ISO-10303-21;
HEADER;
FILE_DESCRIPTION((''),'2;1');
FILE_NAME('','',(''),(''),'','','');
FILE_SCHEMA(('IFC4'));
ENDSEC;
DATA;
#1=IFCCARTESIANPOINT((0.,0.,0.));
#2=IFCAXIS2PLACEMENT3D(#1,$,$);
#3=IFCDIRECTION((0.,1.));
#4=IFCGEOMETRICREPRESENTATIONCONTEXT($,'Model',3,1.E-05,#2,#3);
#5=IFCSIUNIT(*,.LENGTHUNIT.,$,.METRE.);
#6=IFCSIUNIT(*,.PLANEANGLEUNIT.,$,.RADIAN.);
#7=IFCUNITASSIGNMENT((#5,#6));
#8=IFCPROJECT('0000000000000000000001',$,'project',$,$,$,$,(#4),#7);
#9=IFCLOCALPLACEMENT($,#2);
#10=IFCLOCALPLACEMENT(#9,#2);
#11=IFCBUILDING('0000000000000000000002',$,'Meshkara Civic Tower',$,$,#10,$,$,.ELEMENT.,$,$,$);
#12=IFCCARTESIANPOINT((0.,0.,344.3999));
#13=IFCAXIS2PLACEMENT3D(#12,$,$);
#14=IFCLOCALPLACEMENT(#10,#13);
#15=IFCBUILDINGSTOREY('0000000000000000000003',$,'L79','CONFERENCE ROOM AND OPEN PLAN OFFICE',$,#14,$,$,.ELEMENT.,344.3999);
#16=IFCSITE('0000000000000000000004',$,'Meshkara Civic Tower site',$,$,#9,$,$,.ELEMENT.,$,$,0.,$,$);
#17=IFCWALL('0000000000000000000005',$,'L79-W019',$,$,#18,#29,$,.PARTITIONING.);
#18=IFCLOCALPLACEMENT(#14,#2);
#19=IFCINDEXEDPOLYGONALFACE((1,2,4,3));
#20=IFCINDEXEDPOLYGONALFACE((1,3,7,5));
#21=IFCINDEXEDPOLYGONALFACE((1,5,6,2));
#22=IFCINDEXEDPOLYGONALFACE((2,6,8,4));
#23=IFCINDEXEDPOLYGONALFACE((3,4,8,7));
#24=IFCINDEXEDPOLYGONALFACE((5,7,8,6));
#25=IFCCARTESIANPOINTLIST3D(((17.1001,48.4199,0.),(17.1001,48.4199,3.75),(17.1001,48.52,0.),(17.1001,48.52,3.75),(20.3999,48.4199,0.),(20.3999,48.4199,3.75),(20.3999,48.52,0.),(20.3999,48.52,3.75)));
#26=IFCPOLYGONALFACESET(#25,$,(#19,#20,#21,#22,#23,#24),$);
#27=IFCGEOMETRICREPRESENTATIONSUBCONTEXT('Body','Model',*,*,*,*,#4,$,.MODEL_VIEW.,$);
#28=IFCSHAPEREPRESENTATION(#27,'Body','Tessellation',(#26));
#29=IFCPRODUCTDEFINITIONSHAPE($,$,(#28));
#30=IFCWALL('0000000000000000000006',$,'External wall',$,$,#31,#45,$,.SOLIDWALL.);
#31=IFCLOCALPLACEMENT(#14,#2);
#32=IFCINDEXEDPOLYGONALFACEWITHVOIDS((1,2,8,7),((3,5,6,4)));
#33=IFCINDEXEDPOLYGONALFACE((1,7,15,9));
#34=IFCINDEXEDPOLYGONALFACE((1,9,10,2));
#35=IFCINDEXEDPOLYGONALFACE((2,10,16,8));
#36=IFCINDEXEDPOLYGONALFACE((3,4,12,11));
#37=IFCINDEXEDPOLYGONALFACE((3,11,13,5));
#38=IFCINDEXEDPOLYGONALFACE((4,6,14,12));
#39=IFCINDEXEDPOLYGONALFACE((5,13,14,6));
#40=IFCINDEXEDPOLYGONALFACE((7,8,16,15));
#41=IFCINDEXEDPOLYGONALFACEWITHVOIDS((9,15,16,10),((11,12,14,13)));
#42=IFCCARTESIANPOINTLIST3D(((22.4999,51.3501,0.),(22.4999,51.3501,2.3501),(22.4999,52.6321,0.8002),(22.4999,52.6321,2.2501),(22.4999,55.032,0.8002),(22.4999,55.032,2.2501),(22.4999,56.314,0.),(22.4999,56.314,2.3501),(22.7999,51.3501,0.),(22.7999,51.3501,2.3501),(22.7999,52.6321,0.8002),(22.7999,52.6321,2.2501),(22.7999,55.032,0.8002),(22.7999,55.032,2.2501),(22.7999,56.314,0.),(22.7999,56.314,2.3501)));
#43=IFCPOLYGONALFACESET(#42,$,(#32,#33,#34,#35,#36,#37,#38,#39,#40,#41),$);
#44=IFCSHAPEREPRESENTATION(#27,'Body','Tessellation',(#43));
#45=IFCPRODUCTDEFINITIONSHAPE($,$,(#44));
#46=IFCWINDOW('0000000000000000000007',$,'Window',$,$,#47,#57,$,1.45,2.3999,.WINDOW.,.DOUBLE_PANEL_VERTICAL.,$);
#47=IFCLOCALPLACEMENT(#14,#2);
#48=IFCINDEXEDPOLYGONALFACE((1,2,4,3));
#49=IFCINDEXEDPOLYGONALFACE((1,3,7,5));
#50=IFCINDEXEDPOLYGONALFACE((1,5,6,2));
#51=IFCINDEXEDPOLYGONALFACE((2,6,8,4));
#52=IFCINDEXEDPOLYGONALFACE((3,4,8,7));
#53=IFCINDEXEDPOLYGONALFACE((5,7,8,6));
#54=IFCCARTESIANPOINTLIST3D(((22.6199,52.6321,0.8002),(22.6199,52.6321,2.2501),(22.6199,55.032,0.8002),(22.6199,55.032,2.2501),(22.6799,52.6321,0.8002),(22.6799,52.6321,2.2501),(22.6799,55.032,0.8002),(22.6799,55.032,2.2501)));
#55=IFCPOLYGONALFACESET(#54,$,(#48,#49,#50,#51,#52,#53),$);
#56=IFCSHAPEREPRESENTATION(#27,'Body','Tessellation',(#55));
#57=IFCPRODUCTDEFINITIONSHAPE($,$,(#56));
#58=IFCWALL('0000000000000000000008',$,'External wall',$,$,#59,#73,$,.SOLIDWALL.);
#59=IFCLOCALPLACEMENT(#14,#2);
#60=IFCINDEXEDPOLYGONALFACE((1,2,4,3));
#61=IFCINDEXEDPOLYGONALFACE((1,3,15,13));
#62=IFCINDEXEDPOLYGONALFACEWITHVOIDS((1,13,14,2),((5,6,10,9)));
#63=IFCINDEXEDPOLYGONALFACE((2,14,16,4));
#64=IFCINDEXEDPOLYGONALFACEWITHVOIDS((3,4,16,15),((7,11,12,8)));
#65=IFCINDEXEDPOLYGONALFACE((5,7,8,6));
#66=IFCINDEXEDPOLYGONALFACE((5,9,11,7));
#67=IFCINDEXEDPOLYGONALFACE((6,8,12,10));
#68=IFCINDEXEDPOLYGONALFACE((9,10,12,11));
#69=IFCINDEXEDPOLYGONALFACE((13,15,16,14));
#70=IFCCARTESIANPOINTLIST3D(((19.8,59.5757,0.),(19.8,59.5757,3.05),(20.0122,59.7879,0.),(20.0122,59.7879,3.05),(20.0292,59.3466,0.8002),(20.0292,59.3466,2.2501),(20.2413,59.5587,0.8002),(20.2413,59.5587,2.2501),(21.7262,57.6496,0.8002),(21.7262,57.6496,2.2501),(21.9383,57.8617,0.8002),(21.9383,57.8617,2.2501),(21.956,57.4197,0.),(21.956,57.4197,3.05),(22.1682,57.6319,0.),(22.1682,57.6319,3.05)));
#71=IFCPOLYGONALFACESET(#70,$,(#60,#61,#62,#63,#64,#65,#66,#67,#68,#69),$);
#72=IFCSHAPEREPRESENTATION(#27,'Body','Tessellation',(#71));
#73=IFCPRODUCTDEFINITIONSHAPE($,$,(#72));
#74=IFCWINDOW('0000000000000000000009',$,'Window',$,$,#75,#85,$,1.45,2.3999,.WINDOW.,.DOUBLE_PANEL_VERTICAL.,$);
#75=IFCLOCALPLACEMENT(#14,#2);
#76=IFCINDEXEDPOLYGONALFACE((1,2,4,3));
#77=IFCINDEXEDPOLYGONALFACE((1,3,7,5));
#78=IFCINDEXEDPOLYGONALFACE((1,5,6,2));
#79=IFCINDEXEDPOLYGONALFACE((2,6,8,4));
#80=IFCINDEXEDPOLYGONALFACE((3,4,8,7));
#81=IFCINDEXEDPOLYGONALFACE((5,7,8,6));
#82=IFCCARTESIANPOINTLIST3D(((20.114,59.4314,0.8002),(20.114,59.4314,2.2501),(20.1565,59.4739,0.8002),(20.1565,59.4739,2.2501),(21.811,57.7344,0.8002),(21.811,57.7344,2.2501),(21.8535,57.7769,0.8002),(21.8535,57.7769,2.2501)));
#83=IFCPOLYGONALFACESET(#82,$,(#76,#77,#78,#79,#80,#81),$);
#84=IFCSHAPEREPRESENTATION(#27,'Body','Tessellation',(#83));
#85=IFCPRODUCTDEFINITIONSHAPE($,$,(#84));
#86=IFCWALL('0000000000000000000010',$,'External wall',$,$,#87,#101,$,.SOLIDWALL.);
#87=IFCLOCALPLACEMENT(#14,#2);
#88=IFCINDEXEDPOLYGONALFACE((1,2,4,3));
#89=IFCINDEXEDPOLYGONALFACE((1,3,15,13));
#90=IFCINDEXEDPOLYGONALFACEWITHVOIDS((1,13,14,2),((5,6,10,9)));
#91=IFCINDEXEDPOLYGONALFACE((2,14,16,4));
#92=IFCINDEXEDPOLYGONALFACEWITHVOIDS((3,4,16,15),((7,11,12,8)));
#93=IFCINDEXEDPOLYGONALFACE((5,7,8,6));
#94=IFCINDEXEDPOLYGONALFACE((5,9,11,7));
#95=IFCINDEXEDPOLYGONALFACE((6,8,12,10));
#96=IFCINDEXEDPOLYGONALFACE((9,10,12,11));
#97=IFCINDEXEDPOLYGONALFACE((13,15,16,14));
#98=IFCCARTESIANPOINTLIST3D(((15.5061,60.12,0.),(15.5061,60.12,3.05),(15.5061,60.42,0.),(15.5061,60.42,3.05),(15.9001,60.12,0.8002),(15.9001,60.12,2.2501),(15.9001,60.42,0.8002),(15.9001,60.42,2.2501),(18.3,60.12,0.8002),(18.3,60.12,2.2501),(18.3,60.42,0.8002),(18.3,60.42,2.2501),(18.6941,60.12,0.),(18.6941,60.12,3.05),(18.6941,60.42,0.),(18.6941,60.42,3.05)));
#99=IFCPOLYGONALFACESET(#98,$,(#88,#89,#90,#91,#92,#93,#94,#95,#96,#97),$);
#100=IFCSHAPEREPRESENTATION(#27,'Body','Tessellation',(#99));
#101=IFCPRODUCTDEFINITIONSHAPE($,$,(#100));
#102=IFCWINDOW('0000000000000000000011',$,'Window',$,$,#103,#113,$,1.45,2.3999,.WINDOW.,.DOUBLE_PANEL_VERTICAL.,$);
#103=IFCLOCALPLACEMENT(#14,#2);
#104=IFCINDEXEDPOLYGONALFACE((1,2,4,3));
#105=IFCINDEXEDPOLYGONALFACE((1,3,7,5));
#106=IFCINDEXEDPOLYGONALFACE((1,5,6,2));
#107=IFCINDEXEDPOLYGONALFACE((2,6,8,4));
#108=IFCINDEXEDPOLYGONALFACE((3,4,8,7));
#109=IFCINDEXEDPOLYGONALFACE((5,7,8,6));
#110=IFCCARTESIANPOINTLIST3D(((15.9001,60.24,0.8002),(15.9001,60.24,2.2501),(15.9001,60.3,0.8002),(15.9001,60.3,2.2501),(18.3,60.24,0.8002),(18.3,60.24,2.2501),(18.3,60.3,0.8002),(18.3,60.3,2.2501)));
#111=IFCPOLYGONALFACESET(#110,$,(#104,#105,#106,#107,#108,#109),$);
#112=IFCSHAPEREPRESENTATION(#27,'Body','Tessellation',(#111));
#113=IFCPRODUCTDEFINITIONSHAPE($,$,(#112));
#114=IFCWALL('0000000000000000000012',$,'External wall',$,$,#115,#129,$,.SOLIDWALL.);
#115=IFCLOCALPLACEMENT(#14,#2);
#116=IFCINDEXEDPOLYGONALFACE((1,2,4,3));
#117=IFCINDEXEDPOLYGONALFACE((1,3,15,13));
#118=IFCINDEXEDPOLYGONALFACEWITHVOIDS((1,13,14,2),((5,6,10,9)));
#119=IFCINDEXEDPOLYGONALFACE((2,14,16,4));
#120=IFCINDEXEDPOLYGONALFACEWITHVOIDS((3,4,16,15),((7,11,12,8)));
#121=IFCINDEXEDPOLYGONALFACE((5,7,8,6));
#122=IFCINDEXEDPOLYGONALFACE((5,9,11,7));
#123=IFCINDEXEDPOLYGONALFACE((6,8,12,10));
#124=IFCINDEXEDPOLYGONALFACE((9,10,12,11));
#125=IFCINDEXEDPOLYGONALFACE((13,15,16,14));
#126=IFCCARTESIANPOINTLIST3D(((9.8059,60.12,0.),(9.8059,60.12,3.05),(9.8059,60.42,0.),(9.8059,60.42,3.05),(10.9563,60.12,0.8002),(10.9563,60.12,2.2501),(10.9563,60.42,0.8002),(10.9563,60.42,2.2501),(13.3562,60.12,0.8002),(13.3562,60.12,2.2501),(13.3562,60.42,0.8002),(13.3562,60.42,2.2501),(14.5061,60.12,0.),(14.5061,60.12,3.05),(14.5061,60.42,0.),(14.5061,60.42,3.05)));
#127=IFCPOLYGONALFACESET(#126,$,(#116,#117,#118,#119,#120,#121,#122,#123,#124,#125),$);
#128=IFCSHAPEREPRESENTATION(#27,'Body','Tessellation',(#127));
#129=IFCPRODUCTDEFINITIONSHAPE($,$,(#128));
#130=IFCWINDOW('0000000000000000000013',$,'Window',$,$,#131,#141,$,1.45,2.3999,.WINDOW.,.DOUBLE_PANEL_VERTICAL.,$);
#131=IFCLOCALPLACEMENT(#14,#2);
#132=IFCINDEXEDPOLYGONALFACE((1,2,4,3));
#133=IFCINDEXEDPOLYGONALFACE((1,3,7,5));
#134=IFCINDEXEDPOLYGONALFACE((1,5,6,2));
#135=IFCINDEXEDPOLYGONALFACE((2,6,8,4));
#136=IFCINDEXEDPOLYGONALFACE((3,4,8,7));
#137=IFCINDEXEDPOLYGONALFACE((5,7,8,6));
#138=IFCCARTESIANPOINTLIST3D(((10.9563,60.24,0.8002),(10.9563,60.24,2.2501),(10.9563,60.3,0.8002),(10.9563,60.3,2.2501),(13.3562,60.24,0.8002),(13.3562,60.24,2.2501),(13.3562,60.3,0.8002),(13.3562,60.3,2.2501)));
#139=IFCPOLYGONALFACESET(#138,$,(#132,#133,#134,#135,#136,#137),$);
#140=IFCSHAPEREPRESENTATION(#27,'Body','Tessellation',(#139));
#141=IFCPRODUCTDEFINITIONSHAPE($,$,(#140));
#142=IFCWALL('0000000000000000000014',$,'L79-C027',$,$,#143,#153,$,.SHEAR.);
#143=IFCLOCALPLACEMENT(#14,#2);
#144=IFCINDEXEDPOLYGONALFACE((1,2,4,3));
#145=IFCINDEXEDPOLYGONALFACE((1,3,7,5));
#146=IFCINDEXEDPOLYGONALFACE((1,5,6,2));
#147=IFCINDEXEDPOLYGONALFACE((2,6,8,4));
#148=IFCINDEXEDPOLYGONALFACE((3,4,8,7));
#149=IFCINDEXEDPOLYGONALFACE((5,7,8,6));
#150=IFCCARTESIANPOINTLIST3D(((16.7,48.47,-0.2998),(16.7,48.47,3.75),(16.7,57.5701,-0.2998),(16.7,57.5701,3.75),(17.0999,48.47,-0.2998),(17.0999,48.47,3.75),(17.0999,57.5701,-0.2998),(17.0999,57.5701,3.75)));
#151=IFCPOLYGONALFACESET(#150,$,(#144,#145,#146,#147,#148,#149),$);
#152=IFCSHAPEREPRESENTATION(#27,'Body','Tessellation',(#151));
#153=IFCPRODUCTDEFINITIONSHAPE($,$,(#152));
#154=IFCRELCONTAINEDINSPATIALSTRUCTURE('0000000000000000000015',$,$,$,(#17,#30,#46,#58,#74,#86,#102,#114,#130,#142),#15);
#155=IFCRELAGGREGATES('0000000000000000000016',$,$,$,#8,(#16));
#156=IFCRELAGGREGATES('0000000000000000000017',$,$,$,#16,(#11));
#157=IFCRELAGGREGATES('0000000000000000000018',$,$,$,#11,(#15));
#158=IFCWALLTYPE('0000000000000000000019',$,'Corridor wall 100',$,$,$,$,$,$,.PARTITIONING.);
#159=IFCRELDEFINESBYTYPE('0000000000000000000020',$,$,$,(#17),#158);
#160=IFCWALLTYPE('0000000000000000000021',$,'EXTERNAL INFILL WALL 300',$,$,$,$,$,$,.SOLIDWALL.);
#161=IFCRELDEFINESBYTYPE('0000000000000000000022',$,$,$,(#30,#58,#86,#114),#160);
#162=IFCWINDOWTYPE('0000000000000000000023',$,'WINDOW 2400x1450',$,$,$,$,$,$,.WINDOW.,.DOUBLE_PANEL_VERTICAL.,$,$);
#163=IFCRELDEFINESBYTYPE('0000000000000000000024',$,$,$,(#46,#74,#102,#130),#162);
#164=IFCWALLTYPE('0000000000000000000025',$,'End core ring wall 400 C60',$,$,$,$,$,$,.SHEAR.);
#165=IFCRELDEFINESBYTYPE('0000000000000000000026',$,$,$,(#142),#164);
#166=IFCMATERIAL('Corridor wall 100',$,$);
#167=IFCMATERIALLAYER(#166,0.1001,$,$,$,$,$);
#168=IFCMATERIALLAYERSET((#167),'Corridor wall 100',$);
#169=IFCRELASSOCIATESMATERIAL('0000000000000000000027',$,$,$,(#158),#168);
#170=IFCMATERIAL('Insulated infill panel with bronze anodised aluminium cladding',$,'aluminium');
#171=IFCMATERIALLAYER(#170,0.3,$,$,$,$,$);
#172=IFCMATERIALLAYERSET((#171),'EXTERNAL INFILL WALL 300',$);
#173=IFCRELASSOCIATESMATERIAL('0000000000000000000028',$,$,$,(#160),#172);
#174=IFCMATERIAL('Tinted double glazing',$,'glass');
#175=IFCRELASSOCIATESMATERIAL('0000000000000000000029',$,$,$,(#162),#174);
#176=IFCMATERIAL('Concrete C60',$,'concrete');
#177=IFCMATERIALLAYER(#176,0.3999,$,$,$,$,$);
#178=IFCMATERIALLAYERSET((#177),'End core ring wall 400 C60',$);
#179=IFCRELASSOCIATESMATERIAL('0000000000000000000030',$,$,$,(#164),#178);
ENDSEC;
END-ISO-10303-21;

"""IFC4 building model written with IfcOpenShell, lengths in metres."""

from ifc_helpers import new_model, si_unit, direction, frame, frame_2d, origin, place, context, subcontext, project, spatial, rectangle, extrude, material, layer, layer_set, type_object, element, fill, save


model = new_model("IFC4")

# Units and contexts
model_context = context("Model", 3, precision=1e-05, world=origin(), true_north=direction((0.0, 1.0)))
body_context = subcontext(model_context, "Body", "Model", "MODEL_VIEW")
ifc_project = project(units=[si_unit("LENGTHUNIT", "METRE"), si_unit("PLANEANGLEUNIT", "RADIAN")], contexts=[model_context])

# Site, building, storey
site_placement = place(None, origin())
site = spatial("IfcSite", under=ifc_project, at=site_placement, Name="Meshkara Civic Tower site", CompositionType="ELEMENT", RefElevation=0.0)
building_placement = place(site_placement, origin())
building = spatial("IfcBuilding", under=site, at=building_placement, Name="Meshkara Civic Tower", CompositionType="ELEMENT")
storey_placement = place(building_placement, frame((0.0, 0.0, 344.3999)))
storey = spatial("IfcBuildingStorey", under=building, at=storey_placement, Name="L79", Description="CONFERENCE ROOM AND OPEN PLAN OFFICE", CompositionType="ELEMENT", Elevation=344.3999)

# Shared definitions
ifc_material_1 = material(Name="Corridor wall 100")
ifc_layer_1 = layer(ifc_material_1, 0.1001)
ifc_layer_set_1 = layer_set([ifc_layer_1], Name="Corridor wall 100")
wall_type_1 = type_object("IfcWallType", Name="Corridor wall 100", PredefinedType="PARTITIONING", material=ifc_layer_set_1)

# Wall
wall_1_placement = place(storey_placement, frame((20.3999, 48.47, 0.0), z_axis=(0.0, 0.0, 1.0), x_axis=(-1.0, 0.0, 0.0)))
element("IfcWall", 1, at=wall_1_placement, inside=storey, type_object=wall_type_1, Name="L79-W019", PredefinedType="PARTITIONING", context=body_context, shape_type="SweptSolid", body=[
    extrude(rectangle(XDim=3.2998, YDim=0.1001, at=frame_2d((1.6499, 0.0))), origin(), (0.0, 0.0, 1.0), 3.75),
])

# Walls, openings, windows
ifc_material_2 = material(Name="Insulated infill panel with bronze anodised aluminium cladding", Category="aluminium")
ifc_layer_2 = layer(ifc_material_2, 0.3)
ifc_layer_set_2 = layer_set([ifc_layer_2], Name="EXTERNAL INFILL WALL 300")
wall_type_2 = type_object("IfcWallType", Name="EXTERNAL INFILL WALL 300", PredefinedType="SOLIDWALL", material=ifc_layer_set_2)
wall_2_placement = place(storey_placement, frame((22.6499, 51.3501, 0.0), z_axis=(0.0, 0.0, 1.0), x_axis=(0.0, 1.0, 0.0)))
wall_2 = element("IfcWall", 2, at=wall_2_placement, inside=storey, type_object=wall_type_2, Name="External wall", PredefinedType="SOLIDWALL", context=body_context, shape_type="SweptSolid", body=[
    extrude(rectangle(XDim=4.9639, YDim=0.3, at=frame_2d((2.4819, 0.0))), origin(), (0.0, 0.0, 1.0), 2.3501),
])
opening_1_placement = place(wall_2_placement, frame((1.282, 0.0, 0.8)))
opening_1 = element("IfcOpeningElement", 3, at=opening_1_placement, cuts=wall_2, PredefinedType="OPENING", context=body_context, shape_type="SweptSolid", body=[
    extrude(rectangle(XDim=2.3999, YDim=1.45, at=frame_2d((1.2, 0.7251))), frame((0.0, 0.1599, 0.0), z_axis=(0.0, -1.0, 0.0), x_axis=(1.0, 0.0, 0.0)), (0.0, 0.0, 1.0), 0.3201),
])
ifc_material_3 = material(Name="Tinted double glazing", Category="glass")
window_type = type_object("IfcWindowType", Name="WINDOW 2400x1450", PartitioningType="DOUBLE_PANEL_VERTICAL", PredefinedType="WINDOW", material=ifc_material_3)
window_1_placement = place(opening_1_placement, origin())
window_1 = element("IfcWindow", 4, at=window_1_placement, inside=storey, type_object=window_type, Name="Window", OverallHeight=1.45, OverallWidth=2.3999, PartitioningType="DOUBLE_PANEL_VERTICAL", PredefinedType="WINDOW", context=body_context, shape_type="SweptSolid", body=[
    extrude(rectangle(XDim=2.3999, YDim=1.45, at=frame_2d((1.2, 0.7251))), frame((0.0, 0.03, 0.0), z_axis=(0.0, -1.0, 0.0), x_axis=(1.0, 0.0, 0.0)), (0.0, 0.0, 1.0), 0.0601),
])
fill(opening_1, window_1)
wall_3_placement = place(storey_placement, frame((22.062, 57.5259, 0.0), z_axis=(0.0, 0.0, 1.0), x_axis=(-0.707107, 0.707107, 0.0)))
wall_3 = element("IfcWall", 5, at=wall_3_placement, inside=storey, type_object=wall_type_2, Name="External wall", PredefinedType="SOLIDWALL", context=body_context, shape_type="SweptSolid", body=[
    extrude(rectangle(XDim=3.0491, YDim=0.3, at=frame_2d((1.5244, 0.0))), origin(), (0.0, 0.0, 1.0), 3.05),
])
opening_2_placement = place(wall_3_placement, frame((0.325, 0.0, 0.8)))
opening_2 = element("IfcOpeningElement", 6, at=opening_2_placement, cuts=wall_3, PredefinedType="OPENING", context=body_context, shape_type="SweptSolid", body=[
    extrude(rectangle(XDim=2.3999, YDim=1.45, at=frame_2d((1.2, 0.7251))), frame((0.0, 0.1599, 0.0), z_axis=(0.0, -1.0, 0.0), x_axis=(1.0, 0.0, 0.0)), (0.0, 0.0, 1.0), 0.3201),
])
window_2_placement = place(opening_2_placement, origin())
window_2 = element("IfcWindow", 7, at=window_2_placement, inside=storey, type_object=window_type, Name="Window", OverallHeight=1.45, OverallWidth=2.3999, PartitioningType="DOUBLE_PANEL_VERTICAL", PredefinedType="WINDOW", context=body_context, shape_type="SweptSolid", body=[
    extrude(rectangle(XDim=2.3999, YDim=1.45, at=frame_2d((1.2, 0.7251))), frame((0.0, 0.03, 0.0), z_axis=(0.0, -1.0, 0.0), x_axis=(1.0, 0.0, 0.0)), (0.0, 0.0, 1.0), 0.0601),
])
fill(opening_2, window_2)
wall_4_placement = place(storey_placement, frame((18.6941, 60.27, 0.0), z_axis=(0.0, 0.0, 1.0), x_axis=(-1.0, 0.0, 0.0)))
wall_4 = element("IfcWall", 8, at=wall_4_placement, inside=storey, type_object=wall_type_2, Name="External wall", PredefinedType="SOLIDWALL", context=body_context, shape_type="SweptSolid", body=[
    extrude(rectangle(XDim=3.188, YDim=0.3, at=frame_2d((1.594, 0.0))), origin(), (0.0, 0.0, 1.0), 3.05),
])
opening_3_placement = place(wall_4_placement, frame((0.394, 0.0, 0.8)))
opening_3 = element("IfcOpeningElement", 9, at=opening_3_placement, cuts=wall_4, PredefinedType="OPENING", context=body_context, shape_type="SweptSolid", body=[
    extrude(rectangle(XDim=2.3999, YDim=1.45, at=frame_2d((1.2, 0.7251))), frame((0.0, 0.1599, 0.0), z_axis=(0.0, -1.0, 0.0), x_axis=(1.0, 0.0, 0.0)), (0.0, 0.0, 1.0), 0.3201),
])
window_3_placement = place(opening_3_placement, origin())
window_3 = element("IfcWindow", 10, at=window_3_placement, inside=storey, type_object=window_type, Name="Window", OverallHeight=1.45, OverallWidth=2.3999, PartitioningType="DOUBLE_PANEL_VERTICAL", PredefinedType="WINDOW", context=body_context, shape_type="SweptSolid", body=[
    extrude(rectangle(XDim=2.3999, YDim=1.45, at=frame_2d((1.2, 0.7251))), frame((0.0, 0.03, 0.0), z_axis=(0.0, -1.0, 0.0), x_axis=(1.0, 0.0, 0.0)), (0.0, 0.0, 1.0), 0.0601),
])
fill(opening_3, window_3)
wall_5_placement = place(storey_placement, frame((14.5061, 60.27, 0.0), z_axis=(0.0, 0.0, 1.0), x_axis=(-1.0, 0.0, 0.0)))
wall_5 = element("IfcWall", 11, at=wall_5_placement, inside=storey, type_object=wall_type_2, Name="External wall", PredefinedType="SOLIDWALL", context=body_context, shape_type="SweptSolid", body=[
    extrude(rectangle(XDim=4.7002, YDim=0.3, at=frame_2d((2.3501, 0.0))), origin(), (0.0, 0.0, 1.0), 3.05),
])
opening_4_placement = place(wall_5_placement, frame((1.1499, 0.0, 0.8)))
opening_4 = element("IfcOpeningElement", 12, at=opening_4_placement, cuts=wall_5, PredefinedType="OPENING", context=body_context, shape_type="SweptSolid", body=[
    extrude(rectangle(XDim=2.3999, YDim=1.45, at=frame_2d((1.2, 0.7251))), frame((0.0, 0.1599, 0.0), z_axis=(0.0, -1.0, 0.0), x_axis=(1.0, 0.0, 0.0)), (0.0, 0.0, 1.0), 0.3201),
])
window_4_placement = place(opening_4_placement, origin())
window_4 = element("IfcWindow", 13, at=window_4_placement, inside=storey, type_object=window_type, Name="Window", OverallHeight=1.45, OverallWidth=2.3999, PartitioningType="DOUBLE_PANEL_VERTICAL", PredefinedType="WINDOW", context=body_context, shape_type="SweptSolid", body=[
    extrude(rectangle(XDim=2.3999, YDim=1.45, at=frame_2d((1.2, 0.7251))), frame((0.0, 0.03, 0.0), z_axis=(0.0, -1.0, 0.0), x_axis=(1.0, 0.0, 0.0)), (0.0, 0.0, 1.0), 0.0601),
])
fill(opening_4, window_4)

# Wall
ifc_material_4 = material(Name="Concrete C60", Category="concrete")
ifc_layer_3 = layer(ifc_material_4, 0.3999)
ifc_layer_set_3 = layer_set([ifc_layer_3], Name="End core ring wall 400 C60")
wall_type_3 = type_object("IfcWallType", Name="End core ring wall 400 C60", PredefinedType="SHEAR", material=ifc_layer_set_3)
wall_6_placement = place(storey_placement, frame((16.8999, 48.47, -0.2998), z_axis=(0.0, 0.0, 1.0), x_axis=(0.0, 1.0, 0.0)))
element("IfcWall", 14, at=wall_6_placement, inside=storey, type_object=wall_type_3, Name="L79-C027", PredefinedType="SHEAR", context=body_context, shape_type="SweptSolid", body=[
    extrude(rectangle(XDim=9.1001, YDim=0.3999, at=frame_2d((4.55, 0.0))), origin(), (0.0, 0.0, 1.0), 4.0498),
])

save(model, "model.ifc")
